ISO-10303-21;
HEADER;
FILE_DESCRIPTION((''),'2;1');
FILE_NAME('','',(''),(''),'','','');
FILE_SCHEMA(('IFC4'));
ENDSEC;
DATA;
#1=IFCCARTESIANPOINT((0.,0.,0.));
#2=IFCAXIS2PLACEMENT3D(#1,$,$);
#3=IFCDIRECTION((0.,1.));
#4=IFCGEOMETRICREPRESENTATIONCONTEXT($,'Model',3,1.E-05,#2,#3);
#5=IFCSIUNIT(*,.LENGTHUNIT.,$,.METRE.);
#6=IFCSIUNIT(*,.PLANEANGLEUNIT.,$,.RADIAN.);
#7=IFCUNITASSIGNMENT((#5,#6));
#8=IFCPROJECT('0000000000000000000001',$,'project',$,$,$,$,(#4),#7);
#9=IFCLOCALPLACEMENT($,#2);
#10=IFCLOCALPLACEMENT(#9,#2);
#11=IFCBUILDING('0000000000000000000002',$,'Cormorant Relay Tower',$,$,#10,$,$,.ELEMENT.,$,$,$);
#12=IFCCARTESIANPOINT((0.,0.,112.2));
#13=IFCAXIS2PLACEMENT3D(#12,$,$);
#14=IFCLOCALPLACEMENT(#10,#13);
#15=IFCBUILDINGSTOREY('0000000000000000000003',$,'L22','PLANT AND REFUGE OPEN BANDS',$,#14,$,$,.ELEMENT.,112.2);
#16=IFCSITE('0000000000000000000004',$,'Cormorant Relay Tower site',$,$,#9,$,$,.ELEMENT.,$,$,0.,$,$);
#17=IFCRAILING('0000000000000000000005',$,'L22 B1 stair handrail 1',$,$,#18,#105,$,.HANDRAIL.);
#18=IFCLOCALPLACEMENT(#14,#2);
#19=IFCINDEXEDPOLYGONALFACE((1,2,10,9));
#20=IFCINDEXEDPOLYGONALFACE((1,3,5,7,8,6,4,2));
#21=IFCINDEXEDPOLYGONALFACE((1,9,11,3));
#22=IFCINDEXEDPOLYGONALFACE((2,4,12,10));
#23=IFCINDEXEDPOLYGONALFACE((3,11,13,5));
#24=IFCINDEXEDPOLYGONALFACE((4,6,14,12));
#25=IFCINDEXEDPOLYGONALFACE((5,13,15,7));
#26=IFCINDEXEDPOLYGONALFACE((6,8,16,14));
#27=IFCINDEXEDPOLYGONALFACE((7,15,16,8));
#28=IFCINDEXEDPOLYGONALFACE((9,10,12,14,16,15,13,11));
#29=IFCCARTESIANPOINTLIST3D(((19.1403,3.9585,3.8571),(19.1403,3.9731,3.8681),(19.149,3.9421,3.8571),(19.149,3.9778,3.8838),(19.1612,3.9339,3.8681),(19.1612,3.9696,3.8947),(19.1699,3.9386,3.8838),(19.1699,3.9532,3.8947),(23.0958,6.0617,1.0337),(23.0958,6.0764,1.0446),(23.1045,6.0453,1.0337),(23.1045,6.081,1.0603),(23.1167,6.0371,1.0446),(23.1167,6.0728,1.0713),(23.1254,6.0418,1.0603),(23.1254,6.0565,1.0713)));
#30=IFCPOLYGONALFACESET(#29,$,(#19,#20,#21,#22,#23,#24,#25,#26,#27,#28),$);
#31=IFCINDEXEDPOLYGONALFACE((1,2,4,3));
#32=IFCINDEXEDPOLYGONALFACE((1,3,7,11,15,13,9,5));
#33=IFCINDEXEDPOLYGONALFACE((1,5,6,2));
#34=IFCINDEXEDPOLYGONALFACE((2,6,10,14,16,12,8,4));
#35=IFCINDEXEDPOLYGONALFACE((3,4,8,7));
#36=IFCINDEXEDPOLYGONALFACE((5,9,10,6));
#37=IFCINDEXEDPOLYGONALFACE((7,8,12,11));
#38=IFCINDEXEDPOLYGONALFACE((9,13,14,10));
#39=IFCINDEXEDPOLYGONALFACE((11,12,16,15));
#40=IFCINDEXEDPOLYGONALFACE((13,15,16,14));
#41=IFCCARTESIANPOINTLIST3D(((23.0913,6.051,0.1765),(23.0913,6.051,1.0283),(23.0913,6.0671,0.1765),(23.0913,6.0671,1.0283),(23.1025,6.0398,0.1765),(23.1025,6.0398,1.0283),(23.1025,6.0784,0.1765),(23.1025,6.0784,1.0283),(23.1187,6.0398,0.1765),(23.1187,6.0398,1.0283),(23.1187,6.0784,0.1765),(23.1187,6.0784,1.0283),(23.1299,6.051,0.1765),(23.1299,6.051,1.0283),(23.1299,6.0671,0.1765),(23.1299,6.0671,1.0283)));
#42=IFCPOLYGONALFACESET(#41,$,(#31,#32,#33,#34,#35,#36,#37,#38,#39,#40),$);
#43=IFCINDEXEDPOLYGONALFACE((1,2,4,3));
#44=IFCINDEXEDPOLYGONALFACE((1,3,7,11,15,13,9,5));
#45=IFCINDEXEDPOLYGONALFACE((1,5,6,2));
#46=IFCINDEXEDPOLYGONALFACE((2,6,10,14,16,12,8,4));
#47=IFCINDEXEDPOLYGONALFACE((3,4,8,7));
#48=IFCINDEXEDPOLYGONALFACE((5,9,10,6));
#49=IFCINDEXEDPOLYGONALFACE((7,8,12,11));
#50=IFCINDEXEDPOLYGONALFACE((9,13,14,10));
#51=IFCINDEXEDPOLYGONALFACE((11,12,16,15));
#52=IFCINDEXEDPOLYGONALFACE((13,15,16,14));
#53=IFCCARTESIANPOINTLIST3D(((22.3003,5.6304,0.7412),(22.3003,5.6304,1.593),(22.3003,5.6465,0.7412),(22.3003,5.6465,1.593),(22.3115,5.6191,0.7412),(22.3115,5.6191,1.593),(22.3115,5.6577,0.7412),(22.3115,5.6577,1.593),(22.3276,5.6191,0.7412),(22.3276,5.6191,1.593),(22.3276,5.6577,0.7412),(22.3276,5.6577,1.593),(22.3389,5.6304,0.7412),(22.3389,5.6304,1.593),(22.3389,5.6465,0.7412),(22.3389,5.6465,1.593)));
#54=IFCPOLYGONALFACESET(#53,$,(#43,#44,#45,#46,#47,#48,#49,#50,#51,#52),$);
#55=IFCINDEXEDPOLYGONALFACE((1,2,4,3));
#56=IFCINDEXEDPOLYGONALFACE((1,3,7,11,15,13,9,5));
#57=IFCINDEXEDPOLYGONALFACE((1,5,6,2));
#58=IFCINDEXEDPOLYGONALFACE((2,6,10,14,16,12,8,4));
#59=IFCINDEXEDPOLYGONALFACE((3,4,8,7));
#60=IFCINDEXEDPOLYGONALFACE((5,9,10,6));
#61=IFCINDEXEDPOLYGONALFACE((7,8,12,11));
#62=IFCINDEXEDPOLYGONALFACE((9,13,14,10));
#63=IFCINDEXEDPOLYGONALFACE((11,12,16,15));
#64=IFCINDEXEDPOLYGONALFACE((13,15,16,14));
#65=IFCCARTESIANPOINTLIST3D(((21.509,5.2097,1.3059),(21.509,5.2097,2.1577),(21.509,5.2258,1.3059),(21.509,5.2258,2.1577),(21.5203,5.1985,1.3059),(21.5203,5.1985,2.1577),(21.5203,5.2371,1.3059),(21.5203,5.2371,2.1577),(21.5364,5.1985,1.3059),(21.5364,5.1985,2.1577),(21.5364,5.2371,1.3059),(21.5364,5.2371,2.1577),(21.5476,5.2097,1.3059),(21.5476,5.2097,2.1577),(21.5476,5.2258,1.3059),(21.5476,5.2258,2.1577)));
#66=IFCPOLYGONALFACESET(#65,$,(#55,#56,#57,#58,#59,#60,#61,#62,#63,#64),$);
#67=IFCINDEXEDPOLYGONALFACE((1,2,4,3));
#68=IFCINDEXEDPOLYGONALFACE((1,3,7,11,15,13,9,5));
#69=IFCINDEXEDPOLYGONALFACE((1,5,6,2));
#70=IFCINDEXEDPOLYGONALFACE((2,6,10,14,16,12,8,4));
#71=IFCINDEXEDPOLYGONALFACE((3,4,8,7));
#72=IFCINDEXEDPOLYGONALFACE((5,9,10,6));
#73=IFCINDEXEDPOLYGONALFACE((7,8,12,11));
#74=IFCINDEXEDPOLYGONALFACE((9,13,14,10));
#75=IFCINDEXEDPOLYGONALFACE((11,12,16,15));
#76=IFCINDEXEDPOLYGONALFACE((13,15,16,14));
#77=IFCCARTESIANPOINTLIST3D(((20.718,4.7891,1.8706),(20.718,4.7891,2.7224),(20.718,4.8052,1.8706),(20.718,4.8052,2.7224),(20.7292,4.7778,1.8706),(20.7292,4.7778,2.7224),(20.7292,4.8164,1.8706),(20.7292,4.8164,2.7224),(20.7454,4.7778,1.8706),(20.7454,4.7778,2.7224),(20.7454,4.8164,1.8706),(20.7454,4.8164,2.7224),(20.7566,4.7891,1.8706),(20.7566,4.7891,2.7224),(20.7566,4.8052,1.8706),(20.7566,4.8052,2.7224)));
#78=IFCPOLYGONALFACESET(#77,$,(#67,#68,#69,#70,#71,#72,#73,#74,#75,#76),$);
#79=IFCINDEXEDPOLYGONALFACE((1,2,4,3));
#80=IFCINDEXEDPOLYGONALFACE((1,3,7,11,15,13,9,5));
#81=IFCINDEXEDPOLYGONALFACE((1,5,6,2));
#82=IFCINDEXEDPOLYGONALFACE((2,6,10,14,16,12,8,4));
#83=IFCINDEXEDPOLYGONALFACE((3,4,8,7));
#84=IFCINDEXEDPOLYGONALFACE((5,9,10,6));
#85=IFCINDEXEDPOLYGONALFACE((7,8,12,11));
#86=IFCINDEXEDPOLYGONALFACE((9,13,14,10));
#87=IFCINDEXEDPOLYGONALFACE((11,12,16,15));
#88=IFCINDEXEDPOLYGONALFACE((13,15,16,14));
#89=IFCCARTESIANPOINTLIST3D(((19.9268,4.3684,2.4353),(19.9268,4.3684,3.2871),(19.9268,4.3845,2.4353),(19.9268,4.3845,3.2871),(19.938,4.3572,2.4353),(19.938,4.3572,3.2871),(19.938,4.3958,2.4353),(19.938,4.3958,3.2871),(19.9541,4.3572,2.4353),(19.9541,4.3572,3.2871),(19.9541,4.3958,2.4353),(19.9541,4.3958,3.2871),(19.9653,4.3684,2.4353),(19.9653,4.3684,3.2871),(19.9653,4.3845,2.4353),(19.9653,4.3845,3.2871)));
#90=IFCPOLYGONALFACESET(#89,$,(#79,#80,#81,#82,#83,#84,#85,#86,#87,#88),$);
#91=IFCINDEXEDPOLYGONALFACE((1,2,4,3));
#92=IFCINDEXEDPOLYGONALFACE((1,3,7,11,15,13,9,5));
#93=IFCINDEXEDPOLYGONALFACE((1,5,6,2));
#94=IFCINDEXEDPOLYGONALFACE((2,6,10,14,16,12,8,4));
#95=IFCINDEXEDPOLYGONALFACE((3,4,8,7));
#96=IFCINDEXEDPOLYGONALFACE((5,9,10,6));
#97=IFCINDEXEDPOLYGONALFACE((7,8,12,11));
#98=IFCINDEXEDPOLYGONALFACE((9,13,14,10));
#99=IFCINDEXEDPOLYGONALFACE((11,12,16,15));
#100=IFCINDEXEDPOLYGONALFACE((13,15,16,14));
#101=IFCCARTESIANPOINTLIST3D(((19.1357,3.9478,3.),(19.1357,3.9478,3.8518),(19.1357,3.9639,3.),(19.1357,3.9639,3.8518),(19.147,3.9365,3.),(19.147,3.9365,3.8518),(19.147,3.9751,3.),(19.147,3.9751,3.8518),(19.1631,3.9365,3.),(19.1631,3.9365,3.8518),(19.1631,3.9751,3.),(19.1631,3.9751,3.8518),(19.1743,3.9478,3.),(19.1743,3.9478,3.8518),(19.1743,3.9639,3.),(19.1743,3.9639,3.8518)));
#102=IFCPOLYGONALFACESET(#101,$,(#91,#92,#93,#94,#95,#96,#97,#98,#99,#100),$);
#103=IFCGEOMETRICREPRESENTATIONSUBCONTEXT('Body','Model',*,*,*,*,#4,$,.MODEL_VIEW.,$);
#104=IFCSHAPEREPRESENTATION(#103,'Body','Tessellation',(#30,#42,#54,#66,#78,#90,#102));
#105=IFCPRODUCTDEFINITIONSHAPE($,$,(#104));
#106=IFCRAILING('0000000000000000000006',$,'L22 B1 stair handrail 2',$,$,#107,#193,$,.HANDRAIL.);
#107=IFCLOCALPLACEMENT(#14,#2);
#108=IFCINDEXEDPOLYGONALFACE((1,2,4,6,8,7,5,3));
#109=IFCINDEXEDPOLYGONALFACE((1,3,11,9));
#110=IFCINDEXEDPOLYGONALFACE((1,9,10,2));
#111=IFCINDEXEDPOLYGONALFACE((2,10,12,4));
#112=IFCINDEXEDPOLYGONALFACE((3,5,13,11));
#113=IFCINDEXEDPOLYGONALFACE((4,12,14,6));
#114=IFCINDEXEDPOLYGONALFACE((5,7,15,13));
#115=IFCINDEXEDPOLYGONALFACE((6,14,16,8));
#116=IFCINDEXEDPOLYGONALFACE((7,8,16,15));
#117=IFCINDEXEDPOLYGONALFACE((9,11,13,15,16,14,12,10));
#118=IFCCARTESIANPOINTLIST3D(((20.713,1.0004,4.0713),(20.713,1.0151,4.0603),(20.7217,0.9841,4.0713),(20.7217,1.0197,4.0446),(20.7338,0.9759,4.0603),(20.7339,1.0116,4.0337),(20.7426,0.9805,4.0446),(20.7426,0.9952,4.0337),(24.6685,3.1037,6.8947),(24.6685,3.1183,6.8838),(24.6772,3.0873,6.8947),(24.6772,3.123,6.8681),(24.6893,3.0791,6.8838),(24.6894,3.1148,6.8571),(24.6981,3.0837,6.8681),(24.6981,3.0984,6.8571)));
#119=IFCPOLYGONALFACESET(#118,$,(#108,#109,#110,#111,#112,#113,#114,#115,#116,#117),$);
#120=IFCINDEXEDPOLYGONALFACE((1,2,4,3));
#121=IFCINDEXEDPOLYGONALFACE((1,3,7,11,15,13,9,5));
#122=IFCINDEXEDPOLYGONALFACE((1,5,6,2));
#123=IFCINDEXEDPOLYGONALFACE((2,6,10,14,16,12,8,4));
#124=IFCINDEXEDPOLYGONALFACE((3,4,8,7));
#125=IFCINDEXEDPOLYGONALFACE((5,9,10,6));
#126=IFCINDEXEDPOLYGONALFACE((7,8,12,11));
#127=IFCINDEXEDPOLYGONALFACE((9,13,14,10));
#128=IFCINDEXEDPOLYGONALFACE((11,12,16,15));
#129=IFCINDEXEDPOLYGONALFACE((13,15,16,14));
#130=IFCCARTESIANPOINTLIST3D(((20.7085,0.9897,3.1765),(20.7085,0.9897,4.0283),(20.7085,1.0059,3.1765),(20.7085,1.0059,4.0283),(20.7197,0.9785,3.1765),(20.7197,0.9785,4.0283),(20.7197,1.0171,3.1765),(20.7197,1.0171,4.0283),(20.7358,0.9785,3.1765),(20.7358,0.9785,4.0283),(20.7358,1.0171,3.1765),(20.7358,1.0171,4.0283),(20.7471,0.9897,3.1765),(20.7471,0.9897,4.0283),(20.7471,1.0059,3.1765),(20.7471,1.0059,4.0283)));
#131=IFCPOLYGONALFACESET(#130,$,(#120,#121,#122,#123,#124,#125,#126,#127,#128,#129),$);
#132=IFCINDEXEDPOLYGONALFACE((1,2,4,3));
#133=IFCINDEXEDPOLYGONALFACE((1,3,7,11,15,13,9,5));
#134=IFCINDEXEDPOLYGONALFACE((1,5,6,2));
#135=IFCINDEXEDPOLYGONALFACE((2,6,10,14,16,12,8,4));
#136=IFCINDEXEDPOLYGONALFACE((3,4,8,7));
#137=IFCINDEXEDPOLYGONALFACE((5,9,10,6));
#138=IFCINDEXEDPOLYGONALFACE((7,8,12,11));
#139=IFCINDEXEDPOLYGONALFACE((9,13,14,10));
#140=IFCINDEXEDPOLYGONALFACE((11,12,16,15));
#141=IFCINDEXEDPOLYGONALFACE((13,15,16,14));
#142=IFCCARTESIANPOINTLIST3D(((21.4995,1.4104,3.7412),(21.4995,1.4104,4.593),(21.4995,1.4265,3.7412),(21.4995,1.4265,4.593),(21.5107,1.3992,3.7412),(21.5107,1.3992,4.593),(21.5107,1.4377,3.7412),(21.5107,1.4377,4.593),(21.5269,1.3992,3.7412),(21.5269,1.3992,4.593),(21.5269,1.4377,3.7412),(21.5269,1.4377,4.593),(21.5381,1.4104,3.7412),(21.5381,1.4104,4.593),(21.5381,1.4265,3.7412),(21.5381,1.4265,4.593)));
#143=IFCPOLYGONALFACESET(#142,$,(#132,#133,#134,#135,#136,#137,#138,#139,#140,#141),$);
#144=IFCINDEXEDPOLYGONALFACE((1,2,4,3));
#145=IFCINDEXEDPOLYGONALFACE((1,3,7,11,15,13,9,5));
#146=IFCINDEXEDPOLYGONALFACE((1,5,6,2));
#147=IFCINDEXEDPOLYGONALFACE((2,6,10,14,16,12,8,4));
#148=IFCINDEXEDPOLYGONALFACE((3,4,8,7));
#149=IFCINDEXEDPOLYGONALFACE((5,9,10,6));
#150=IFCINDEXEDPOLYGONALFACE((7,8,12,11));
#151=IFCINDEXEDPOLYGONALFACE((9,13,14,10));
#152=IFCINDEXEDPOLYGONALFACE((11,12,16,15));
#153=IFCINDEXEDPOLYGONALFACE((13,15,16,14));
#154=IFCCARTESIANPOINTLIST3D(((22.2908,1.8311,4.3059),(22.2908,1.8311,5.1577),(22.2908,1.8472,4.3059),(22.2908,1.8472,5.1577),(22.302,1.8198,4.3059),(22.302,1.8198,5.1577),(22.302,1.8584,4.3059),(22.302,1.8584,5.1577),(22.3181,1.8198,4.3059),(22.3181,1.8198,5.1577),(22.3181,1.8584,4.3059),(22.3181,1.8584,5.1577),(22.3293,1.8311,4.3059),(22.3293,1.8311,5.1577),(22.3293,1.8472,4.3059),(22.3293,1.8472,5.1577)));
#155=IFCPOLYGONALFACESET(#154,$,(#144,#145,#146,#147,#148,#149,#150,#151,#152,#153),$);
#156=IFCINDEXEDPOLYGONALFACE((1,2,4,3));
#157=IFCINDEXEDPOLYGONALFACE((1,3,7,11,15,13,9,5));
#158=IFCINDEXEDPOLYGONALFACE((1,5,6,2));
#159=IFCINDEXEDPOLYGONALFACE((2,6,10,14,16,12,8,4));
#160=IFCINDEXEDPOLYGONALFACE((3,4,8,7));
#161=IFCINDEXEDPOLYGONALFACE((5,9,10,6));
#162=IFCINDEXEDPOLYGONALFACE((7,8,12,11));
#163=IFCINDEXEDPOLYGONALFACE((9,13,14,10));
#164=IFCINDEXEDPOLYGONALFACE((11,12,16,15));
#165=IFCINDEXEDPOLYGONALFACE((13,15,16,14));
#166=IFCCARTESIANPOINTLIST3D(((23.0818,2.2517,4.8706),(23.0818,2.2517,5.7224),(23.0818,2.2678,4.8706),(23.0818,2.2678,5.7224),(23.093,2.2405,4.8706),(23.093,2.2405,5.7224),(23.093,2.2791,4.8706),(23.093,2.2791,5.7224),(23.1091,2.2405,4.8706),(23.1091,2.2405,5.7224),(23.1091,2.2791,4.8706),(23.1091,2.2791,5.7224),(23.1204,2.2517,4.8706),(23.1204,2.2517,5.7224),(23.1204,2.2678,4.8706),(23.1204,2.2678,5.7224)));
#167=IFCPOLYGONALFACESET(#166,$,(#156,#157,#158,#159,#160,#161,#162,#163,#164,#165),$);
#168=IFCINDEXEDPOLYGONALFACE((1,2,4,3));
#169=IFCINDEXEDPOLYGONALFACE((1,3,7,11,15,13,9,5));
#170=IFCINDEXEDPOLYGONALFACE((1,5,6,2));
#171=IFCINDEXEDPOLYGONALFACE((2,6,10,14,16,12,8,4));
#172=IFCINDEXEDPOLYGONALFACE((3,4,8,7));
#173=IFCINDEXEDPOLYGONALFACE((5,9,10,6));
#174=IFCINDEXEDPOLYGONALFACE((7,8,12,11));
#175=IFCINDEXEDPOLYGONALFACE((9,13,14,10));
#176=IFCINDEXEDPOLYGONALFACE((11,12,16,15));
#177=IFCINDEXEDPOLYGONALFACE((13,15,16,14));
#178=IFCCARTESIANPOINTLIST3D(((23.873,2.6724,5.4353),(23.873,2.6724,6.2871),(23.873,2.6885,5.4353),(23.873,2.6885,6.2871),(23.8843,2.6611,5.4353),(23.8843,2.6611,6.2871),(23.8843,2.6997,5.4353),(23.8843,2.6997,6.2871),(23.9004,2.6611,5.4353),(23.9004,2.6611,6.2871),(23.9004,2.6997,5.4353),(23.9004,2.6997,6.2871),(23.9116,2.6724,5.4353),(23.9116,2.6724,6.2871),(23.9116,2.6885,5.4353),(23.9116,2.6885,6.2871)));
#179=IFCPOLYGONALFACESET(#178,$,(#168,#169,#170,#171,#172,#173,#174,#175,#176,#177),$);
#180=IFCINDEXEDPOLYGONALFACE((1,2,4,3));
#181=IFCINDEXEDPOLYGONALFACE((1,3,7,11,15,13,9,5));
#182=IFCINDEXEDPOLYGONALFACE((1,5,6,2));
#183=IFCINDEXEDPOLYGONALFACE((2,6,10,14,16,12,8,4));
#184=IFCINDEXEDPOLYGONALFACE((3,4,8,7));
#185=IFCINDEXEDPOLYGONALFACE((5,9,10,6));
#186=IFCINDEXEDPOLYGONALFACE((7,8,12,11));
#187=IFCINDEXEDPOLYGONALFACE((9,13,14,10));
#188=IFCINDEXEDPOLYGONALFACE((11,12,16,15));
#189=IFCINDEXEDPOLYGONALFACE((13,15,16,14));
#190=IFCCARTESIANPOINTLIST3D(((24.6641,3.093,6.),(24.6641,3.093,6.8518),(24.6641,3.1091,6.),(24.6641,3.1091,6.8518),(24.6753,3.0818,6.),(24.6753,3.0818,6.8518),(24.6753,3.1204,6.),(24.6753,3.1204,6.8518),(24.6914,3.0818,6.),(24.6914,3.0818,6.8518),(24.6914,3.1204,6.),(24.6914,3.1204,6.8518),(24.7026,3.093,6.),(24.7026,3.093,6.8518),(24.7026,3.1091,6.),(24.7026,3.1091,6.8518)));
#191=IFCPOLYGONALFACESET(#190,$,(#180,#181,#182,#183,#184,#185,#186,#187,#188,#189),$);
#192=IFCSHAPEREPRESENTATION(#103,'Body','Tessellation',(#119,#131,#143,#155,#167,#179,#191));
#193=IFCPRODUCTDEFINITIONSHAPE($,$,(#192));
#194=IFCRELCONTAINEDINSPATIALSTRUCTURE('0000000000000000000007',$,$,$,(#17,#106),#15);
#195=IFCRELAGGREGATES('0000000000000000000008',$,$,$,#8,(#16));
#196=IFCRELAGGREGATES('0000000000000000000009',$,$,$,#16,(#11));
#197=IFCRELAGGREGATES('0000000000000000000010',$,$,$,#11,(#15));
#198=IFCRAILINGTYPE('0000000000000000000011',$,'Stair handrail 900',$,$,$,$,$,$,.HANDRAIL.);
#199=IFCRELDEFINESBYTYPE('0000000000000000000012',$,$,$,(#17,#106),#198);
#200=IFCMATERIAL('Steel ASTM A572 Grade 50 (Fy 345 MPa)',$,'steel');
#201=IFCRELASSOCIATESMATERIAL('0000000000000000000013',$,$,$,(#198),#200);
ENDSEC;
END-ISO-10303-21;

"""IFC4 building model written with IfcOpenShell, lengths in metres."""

from ifc_helpers import new_model, si_unit, direction, frame, origin, place, context, subcontext, project, spatial, polyline, outline, extrude, material, type_object, element, save


model = new_model("IFC4")

# Units and contexts
model_context = context("Model", 3, precision=1e-05, world=origin(), true_north=direction((0.0, 1.0)))
body_context = subcontext(model_context, "Body", "Model", "MODEL_VIEW")
ifc_project = project(units=[si_unit("LENGTHUNIT", "METRE"), si_unit("PLANEANGLEUNIT", "RADIAN")], contexts=[model_context])

# Site, building, storey
site_placement = place(None, origin())
site = spatial("IfcSite", under=ifc_project, at=site_placement, Name="Cormorant Relay Tower site", CompositionType="ELEMENT", RefElevation=0.0)
building_placement = place(site_placement, origin())
building = spatial("IfcBuilding", under=site, at=building_placement, Name="Cormorant Relay Tower", CompositionType="ELEMENT")
storey_placement = place(building_placement, frame((0.0, 0.0, 112.2)))
storey = spatial("IfcBuildingStorey", under=building, at=storey_placement, Name="L22", Description="PLANT AND REFUGE OPEN BANDS", CompositionType="ELEMENT", Elevation=112.2)

# Railings
ifc_material_1 = material(Name="Steel ASTM A572 Grade 50 (Fy 345 MPa)", Category="steel")
railing_type_1 = type_object("IfcRailingType", Name="Stair handrail 900", PredefinedType="HANDRAIL", material=ifc_material_1)
railing_1_placement = place(storey_placement, frame((23.1106, 6.0591, 0.1765)))
element("IfcRailing", 1, at=railing_1_placement, inside=storey, type_object=railing_type_1, Name="L22 B1 stair handrail 1", PredefinedType="HANDRAIL", context=body_context, shape_type="SweptSolid", body=[
    extrude(outline(polyline([(0.0222, 0.0093), (0.0093, 0.0222), (-0.0093, 0.0222), (-0.0222, 0.0093), (-0.0222, -0.0093), (-0.0093, -0.0222), (0.0093, -0.0222), (0.0222, -0.0093), (0.0222, 0.0093)])), frame((0.0, 0.0, 0.876), z_axis=(-0.746967, -0.397181, 0.533186), x_axis=(0.469482, -0.882942, 0.0)), (0.0, 0.0, 1.0), 5.2954),
    extrude(outline(polyline([(0.0193, 0.0081), (0.0081, 0.0193), (-0.0081, 0.0193), (-0.0193, 0.0081), (-0.0193, -0.0081), (-0.0081, -0.0193), (0.0081, -0.0193), (0.0193, -0.0081), (0.0193, 0.0081)])), origin(), (0.0, 0.0, 1.0), 0.8518),
    extrude(outline(polyline([(0.0193, 0.0081), (0.0081, 0.0193), (-0.0081, 0.0193), (-0.0193, 0.0081), (-0.0193, -0.0081), (-0.0081, -0.0193), (0.0081, -0.0193), (0.0193, -0.0081), (0.0193, 0.0081)])), frame((-0.791, -0.4207, 0.5647)), (0.0, 0.0, 1.0), 0.8518),
    extrude(outline(polyline([(0.0193, 0.0081), (0.0081, 0.0193), (-0.0081, 0.0193), (-0.0193, 0.0081), (-0.0193, -0.0081), (-0.0081, -0.0193), (0.0081, -0.0193), (0.0193, -0.0081), (0.0193, 0.0081)])), frame((-1.5823, -0.8413, 1.1294)), (0.0, 0.0, 1.0), 0.8518),
    extrude(outline(polyline([(0.0193, 0.0081), (0.0081, 0.0193), (-0.0081, 0.0193), (-0.0193, 0.0081), (-0.0193, -0.0081), (-0.0081, -0.0193), (0.0081, -0.0193), (0.0193, -0.0081), (0.0193, 0.0081)])), frame((-2.3733, -1.262, 1.6941)), (0.0, 0.0, 1.0), 0.8518),
    extrude(outline(polyline([(0.0193, 0.0081), (0.0081, 0.0193), (-0.0081, 0.0193), (-0.0193, 0.0081), (-0.0193, -0.0081), (-0.0081, -0.0193), (0.0081, -0.0193), (0.0193, -0.0081), (0.0193, 0.0081)])), frame((-3.1646, -1.6826, 2.2588)), (0.0, 0.0, 1.0), 0.8518),
    extrude(outline(polyline([(0.0193, 0.0081), (0.0081, 0.0193), (-0.0081, 0.0193), (-0.0193, 0.0081), (-0.0193, -0.0081), (-0.0081, -0.0193), (0.0081, -0.0193), (0.0193, -0.0081), (0.0193, 0.0081)])), frame((-3.9556, -2.1033, 2.8235)), (0.0, 0.0, 1.0), 0.8518),
])
railing_2_placement = place(storey_placement, frame((20.7278, 0.9978, 3.1765)))
element("IfcRailing", 2, at=railing_2_placement, inside=storey, type_object=railing_type_1, Name="L22 B1 stair handrail 2", PredefinedType="HANDRAIL", context=body_context, shape_type="SweptSolid", body=[
    extrude(outline(polyline([(0.0222, 0.0093), (0.0093, 0.0222), (-0.0093, 0.0222), (-0.0222, 0.0093), (-0.0222, -0.0093), (-0.0093, -0.0222), (0.0093, -0.0222), (0.0222, -0.0093), (0.0222, 0.0093)])), frame((0.0, 0.0, 0.876), z_axis=(0.746967, 0.397181, 0.533186), x_axis=(-0.469482, 0.882942, 0.0)), (0.0, 0.0, 1.0), 5.2954),
    extrude(outline(polyline([(0.0193, 0.0081), (0.0081, 0.0193), (-0.0081, 0.0193), (-0.0193, 0.0081), (-0.0193, -0.0081), (-0.0081, -0.0193), (0.0081, -0.0193), (0.0193, -0.0081), (0.0193, 0.0081)])), origin(), (0.0, 0.0, 1.0), 0.8518),
    extrude(outline(polyline([(0.0193, 0.0081), (0.0081, 0.0193), (-0.0081, 0.0193), (-0.0193, 0.0081), (-0.0193, -0.0081), (-0.0081, -0.0193), (0.0081, -0.0193), (0.0193, -0.0081), (0.0193, 0.0081)])), frame((0.791, 0.4207, 0.5647)), (0.0, 0.0, 1.0), 0.8518),
    extrude(outline(polyline([(0.0193, 0.0081), (0.0081, 0.0193), (-0.0081, 0.0193), (-0.0193, 0.0081), (-0.0193, -0.0081), (-0.0081, -0.0193), (0.0081, -0.0193), (0.0193, -0.0081), (0.0193, 0.0081)])), frame((1.5823, 0.8413, 1.1294)), (0.0, 0.0, 1.0), 0.8518),
    extrude(outline(polyline([(0.0193, 0.0081), (0.0081, 0.0193), (-0.0081, 0.0193), (-0.0193, 0.0081), (-0.0193, -0.0081), (-0.0081, -0.0193), (0.0081, -0.0193), (0.0193, -0.0081), (0.0193, 0.0081)])), frame((2.3733, 1.262, 1.6941)), (0.0, 0.0, 1.0), 0.8518),
    extrude(outline(polyline([(0.0193, 0.0081), (0.0081, 0.0193), (-0.0081, 0.0193), (-0.0193, 0.0081), (-0.0193, -0.0081), (-0.0081, -0.0193), (0.0081, -0.0193), (0.0193, -0.0081), (0.0193, 0.0081)])), frame((3.1646, 1.6826, 2.2588)), (0.0, 0.0, 1.0), 0.8518),
    extrude(outline(polyline([(0.0193, 0.0081), (0.0081, 0.0193), (-0.0081, 0.0193), (-0.0193, 0.0081), (-0.0193, -0.0081), (-0.0081, -0.0193), (0.0081, -0.0193), (0.0193, -0.0081), (0.0193, 0.0081)])), frame((3.9556, 2.1033, 2.8235)), (0.0, 0.0, 1.0), 0.8518),
])

save(model, "model.ifc")
